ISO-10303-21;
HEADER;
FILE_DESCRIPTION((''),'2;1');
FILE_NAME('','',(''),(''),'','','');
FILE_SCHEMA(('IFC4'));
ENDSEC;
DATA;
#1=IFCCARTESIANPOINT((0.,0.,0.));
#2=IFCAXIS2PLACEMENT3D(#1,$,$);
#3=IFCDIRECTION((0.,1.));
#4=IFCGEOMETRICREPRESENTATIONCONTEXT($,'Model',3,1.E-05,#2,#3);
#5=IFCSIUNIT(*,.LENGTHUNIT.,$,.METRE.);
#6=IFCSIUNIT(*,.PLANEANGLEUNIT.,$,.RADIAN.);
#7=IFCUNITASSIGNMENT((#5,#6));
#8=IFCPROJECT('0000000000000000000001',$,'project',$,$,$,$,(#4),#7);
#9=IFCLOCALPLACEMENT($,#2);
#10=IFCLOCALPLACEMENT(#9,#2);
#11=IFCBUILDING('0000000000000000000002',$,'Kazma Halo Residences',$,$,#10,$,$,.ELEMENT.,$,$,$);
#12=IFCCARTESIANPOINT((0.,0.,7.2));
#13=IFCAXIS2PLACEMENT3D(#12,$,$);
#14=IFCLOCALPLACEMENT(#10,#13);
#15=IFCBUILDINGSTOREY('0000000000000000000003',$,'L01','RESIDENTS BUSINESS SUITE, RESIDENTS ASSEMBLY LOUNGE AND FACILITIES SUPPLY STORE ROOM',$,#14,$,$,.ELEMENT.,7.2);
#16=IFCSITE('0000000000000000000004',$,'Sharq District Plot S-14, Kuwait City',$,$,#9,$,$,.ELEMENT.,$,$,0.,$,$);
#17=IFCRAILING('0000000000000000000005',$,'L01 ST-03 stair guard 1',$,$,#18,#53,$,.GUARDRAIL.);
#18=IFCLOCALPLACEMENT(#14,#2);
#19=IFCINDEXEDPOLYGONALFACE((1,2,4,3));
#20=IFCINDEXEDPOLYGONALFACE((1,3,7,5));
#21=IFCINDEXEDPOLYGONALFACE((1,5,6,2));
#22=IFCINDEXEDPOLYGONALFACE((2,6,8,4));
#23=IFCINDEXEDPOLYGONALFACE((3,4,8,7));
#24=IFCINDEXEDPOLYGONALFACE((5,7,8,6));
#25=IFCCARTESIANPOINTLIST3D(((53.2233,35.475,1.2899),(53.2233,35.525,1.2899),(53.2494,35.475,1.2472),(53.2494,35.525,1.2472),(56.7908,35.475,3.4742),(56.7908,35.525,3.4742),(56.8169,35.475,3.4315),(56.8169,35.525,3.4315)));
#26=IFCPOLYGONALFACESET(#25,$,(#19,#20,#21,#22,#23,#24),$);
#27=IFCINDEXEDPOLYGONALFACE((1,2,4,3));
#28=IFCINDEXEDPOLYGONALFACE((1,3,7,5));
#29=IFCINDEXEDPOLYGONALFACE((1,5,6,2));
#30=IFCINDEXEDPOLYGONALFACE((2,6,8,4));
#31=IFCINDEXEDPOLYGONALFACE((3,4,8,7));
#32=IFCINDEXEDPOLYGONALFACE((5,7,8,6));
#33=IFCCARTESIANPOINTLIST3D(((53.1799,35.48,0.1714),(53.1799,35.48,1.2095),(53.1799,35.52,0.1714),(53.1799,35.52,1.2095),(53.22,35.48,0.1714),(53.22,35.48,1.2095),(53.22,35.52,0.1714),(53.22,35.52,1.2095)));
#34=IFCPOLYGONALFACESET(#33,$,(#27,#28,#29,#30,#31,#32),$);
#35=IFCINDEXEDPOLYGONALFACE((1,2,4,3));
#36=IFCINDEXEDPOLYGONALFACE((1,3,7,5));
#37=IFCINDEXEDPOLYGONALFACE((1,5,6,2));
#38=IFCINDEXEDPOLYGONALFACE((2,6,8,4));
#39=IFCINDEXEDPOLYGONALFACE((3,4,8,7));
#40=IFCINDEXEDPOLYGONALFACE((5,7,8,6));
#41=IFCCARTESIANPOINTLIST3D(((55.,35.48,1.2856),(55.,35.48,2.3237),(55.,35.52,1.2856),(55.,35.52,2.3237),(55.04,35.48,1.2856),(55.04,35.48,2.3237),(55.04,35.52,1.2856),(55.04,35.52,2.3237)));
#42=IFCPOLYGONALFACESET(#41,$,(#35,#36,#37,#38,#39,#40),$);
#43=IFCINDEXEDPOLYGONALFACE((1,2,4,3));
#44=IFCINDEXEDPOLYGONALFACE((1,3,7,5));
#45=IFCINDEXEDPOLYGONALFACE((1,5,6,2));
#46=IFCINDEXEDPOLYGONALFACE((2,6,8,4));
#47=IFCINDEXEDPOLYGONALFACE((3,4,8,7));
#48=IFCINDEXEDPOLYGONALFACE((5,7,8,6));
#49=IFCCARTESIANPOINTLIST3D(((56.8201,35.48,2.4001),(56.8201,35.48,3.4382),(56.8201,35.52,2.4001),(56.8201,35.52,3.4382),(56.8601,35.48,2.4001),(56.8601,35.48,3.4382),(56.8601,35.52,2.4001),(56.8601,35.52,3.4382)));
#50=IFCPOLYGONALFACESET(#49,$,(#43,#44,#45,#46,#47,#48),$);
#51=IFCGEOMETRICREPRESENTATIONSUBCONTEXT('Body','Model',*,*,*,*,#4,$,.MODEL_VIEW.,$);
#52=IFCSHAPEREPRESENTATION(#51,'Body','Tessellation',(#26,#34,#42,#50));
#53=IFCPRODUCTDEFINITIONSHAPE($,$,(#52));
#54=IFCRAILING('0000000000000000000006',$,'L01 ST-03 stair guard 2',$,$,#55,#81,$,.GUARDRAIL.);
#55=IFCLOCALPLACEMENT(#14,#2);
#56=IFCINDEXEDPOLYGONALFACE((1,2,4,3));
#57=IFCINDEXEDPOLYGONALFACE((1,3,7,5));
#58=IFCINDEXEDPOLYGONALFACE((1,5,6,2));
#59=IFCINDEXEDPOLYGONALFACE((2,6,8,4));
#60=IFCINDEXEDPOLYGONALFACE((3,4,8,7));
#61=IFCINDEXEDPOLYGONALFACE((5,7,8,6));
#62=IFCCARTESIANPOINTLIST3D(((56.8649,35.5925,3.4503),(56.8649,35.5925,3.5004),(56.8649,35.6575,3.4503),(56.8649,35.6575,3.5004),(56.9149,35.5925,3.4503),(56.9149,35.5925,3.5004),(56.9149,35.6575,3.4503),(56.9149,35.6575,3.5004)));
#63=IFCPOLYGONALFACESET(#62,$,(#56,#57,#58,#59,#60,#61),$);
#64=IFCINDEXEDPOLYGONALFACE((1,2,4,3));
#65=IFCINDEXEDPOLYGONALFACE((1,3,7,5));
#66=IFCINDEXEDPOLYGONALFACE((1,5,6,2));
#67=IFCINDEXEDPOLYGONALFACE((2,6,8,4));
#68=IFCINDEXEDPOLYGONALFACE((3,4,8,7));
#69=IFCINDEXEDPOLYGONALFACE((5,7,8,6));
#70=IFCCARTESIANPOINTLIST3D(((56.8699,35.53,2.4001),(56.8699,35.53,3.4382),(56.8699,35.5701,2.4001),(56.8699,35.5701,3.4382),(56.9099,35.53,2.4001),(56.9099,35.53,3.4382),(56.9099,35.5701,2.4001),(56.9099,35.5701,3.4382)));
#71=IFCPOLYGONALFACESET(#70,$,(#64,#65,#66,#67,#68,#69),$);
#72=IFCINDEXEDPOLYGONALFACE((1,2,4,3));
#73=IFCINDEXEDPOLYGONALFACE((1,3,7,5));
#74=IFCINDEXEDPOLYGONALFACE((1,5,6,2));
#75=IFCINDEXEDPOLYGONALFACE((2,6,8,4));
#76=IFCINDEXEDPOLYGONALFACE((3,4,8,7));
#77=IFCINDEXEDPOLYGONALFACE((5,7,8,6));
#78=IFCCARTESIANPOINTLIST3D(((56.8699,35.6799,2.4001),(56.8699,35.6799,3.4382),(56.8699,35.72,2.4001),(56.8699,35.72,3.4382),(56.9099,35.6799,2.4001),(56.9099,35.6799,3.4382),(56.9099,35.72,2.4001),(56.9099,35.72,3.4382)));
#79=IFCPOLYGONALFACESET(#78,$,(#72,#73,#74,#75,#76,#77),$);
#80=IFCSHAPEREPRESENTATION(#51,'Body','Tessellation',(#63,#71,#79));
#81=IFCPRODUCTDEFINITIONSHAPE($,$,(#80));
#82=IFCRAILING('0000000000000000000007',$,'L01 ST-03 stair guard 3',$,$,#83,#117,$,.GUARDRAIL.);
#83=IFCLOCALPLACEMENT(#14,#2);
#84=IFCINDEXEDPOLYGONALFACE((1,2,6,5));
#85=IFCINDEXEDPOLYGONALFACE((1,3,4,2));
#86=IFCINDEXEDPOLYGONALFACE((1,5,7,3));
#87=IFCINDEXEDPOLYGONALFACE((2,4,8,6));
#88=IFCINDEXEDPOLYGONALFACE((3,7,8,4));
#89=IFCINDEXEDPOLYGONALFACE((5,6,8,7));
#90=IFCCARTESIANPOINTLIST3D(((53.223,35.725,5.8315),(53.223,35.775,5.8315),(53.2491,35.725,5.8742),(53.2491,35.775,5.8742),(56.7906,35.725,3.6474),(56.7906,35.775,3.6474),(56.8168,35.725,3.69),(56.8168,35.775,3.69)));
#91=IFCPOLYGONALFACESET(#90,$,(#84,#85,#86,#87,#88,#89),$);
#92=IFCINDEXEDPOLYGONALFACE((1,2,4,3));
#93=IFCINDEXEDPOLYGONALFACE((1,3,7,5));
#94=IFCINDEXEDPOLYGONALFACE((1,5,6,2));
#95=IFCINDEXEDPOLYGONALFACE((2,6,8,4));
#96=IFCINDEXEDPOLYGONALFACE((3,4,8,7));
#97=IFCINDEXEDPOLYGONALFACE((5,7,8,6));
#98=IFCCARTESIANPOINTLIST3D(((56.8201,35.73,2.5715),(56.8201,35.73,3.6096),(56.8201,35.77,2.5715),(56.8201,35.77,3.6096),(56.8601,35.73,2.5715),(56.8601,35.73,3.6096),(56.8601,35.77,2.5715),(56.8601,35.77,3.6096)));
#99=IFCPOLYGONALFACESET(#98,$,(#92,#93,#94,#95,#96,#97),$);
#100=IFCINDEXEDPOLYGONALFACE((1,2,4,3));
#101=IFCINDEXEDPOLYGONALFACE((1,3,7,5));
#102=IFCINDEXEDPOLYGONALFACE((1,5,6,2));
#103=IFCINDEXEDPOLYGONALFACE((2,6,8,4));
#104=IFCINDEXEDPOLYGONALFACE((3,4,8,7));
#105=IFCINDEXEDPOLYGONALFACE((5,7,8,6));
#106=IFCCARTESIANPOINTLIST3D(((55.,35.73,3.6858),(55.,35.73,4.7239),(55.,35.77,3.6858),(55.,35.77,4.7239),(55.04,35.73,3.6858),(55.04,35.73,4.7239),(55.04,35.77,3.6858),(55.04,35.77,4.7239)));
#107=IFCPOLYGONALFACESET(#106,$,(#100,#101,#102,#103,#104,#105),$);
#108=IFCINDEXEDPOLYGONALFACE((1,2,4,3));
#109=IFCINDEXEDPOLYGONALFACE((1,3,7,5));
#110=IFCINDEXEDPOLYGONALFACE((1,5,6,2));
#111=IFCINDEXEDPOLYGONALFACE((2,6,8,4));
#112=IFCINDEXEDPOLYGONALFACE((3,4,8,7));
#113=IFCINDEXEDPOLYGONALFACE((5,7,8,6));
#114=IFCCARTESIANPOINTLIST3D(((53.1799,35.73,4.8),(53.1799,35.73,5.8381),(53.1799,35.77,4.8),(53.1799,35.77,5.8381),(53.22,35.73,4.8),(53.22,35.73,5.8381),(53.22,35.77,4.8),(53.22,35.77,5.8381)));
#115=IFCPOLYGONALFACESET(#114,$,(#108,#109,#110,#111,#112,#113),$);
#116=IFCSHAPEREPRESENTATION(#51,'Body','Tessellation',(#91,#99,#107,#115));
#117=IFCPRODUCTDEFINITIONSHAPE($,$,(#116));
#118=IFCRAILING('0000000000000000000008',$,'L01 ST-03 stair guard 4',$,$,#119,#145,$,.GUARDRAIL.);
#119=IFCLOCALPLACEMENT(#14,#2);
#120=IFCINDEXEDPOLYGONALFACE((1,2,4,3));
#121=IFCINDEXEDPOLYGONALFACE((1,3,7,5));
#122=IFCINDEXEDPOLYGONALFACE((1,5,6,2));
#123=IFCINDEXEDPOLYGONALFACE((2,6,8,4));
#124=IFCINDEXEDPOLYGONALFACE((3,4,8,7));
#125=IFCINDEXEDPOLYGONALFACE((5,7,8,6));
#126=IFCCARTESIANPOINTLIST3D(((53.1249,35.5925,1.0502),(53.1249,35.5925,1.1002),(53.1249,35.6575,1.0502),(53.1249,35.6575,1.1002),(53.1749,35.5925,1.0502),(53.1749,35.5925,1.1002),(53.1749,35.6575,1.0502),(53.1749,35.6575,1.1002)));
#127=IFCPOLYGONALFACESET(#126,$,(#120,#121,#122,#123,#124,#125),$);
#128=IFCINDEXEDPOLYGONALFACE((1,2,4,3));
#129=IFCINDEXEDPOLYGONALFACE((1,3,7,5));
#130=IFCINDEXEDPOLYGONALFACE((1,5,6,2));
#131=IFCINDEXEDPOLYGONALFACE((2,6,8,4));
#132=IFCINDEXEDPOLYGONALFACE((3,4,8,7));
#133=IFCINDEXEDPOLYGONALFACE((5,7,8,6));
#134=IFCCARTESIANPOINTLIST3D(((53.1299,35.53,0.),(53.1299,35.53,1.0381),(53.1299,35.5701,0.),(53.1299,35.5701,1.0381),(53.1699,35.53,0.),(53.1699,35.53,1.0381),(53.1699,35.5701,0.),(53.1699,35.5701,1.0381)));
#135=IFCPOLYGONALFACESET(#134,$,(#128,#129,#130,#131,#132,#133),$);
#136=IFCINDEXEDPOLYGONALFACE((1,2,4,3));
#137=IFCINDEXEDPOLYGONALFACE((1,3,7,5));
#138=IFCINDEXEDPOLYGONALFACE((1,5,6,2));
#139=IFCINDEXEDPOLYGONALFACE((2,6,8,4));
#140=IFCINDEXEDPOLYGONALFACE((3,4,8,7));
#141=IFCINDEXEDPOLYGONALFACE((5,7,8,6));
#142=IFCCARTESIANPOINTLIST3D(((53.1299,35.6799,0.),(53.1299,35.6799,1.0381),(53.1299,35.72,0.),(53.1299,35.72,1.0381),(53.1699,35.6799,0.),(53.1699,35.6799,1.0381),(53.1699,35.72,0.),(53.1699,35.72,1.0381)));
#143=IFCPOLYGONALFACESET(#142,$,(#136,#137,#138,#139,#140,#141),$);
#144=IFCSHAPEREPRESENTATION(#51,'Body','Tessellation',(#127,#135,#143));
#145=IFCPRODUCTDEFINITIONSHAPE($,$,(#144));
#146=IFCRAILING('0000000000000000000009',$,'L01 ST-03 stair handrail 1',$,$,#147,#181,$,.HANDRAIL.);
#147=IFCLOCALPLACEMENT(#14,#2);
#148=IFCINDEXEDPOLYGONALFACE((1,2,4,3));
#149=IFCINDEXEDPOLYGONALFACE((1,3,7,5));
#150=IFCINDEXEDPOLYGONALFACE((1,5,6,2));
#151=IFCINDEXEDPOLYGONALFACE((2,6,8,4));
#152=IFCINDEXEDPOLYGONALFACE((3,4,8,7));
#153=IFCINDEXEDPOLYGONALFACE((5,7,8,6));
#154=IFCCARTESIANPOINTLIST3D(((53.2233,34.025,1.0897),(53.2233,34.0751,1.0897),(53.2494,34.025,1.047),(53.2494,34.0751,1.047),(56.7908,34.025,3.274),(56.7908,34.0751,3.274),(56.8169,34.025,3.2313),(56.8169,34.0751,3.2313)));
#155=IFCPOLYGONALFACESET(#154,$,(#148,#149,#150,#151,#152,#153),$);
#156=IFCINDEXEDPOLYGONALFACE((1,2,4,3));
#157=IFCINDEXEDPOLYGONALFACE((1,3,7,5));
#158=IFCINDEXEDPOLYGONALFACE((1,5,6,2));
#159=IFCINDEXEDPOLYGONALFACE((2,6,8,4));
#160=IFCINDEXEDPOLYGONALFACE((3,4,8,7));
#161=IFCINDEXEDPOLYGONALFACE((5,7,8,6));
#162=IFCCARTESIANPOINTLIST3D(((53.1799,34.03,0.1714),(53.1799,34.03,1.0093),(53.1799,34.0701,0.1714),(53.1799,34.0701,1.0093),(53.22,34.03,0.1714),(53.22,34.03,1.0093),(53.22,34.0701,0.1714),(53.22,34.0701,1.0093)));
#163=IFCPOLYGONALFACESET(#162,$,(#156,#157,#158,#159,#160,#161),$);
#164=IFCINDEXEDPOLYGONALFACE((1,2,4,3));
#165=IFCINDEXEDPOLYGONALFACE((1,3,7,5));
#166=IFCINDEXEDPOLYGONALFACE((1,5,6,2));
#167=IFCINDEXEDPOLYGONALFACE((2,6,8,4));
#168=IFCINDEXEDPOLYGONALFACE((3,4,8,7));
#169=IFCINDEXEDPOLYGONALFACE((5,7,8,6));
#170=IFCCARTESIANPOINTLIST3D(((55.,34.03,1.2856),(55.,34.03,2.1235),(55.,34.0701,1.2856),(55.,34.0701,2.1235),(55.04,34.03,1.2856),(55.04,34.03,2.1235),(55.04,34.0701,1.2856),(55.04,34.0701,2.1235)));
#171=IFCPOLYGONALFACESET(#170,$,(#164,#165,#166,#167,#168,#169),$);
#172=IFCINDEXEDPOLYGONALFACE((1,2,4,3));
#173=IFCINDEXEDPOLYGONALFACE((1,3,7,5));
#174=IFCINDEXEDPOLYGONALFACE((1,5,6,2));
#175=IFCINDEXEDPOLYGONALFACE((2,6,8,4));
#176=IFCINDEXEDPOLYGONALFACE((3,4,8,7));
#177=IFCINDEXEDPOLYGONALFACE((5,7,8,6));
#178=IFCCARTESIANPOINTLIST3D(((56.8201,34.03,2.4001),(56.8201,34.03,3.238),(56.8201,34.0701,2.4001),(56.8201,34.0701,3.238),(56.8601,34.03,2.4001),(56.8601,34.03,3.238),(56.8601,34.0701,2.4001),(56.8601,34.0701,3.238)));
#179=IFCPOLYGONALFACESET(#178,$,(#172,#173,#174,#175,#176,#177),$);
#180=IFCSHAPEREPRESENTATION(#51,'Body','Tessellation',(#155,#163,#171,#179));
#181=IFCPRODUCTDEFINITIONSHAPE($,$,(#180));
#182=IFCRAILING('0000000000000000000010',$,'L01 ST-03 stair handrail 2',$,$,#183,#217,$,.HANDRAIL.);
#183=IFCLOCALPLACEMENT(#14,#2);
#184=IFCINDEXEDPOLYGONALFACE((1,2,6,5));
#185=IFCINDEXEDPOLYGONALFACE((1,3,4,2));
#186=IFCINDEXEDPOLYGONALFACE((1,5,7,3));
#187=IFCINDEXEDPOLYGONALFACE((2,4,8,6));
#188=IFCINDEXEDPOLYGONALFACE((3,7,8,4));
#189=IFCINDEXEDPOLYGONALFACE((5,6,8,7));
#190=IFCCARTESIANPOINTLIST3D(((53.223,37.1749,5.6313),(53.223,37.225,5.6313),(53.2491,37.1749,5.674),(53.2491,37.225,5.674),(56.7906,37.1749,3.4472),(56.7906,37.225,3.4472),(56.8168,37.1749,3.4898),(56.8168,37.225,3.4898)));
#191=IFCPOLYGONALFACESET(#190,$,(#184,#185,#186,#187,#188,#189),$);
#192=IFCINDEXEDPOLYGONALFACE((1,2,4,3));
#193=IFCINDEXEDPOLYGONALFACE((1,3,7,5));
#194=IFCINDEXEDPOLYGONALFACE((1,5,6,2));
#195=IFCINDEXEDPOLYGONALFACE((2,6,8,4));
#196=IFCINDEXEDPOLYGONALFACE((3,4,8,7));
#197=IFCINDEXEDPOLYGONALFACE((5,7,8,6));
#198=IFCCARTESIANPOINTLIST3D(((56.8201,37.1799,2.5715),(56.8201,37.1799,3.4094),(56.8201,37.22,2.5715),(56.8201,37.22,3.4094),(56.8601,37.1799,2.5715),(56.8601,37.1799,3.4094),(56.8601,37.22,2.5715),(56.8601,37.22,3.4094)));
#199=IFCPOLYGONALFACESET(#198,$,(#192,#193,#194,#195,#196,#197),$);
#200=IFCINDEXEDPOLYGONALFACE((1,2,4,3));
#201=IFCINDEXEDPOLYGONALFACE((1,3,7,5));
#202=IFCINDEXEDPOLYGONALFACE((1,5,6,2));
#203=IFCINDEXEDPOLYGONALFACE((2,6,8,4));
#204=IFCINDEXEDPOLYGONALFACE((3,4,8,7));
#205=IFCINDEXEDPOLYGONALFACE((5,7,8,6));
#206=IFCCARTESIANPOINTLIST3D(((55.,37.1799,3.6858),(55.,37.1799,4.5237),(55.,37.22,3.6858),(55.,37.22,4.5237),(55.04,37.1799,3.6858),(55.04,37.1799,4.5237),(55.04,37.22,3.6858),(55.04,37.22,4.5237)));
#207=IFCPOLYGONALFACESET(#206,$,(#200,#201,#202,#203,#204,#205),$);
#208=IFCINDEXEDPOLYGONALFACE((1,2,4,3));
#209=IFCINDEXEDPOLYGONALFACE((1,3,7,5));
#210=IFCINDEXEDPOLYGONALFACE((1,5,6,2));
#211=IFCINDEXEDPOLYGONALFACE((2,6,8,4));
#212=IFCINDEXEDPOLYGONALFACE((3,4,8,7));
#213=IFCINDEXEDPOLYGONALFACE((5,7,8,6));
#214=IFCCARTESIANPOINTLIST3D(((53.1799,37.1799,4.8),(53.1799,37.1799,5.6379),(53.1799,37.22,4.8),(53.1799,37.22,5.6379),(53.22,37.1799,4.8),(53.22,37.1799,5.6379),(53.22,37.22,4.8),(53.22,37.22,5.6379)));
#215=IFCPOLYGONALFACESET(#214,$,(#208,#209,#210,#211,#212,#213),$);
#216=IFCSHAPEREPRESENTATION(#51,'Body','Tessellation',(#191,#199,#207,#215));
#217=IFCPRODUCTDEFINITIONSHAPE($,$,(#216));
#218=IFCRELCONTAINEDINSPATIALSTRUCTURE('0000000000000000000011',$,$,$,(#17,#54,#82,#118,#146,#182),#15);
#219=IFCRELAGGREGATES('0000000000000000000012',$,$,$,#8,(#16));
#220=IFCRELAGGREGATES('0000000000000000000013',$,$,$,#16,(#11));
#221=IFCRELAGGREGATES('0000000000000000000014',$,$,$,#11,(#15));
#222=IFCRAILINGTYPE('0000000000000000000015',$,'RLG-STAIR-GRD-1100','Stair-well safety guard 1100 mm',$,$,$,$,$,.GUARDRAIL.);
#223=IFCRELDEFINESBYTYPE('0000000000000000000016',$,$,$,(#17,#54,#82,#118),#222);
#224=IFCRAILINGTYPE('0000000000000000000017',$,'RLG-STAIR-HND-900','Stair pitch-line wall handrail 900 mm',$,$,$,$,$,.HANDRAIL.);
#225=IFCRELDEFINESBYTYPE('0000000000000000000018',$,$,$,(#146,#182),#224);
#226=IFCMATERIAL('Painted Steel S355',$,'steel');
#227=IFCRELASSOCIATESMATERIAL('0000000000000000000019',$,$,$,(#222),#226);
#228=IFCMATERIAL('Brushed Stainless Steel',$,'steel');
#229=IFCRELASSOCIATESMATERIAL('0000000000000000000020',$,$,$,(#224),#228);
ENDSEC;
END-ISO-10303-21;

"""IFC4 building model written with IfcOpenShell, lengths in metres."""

from ifc_helpers import new_model, si_unit, direction, frame, origin, origin_2d, place, context, subcontext, project, spatial, rectangle, extrude, material, type_object, element, save


model = new_model("IFC4")

# Units and contexts
model_context = context("Model", 3, precision=1e-05, world=origin(), true_north=direction((0.0, 1.0)))
body_context = subcontext(model_context, "Body", "Model", "MODEL_VIEW")
ifc_project = project(units=[si_unit("LENGTHUNIT", "METRE"), si_unit("PLANEANGLEUNIT", "RADIAN")], contexts=[model_context])

# Site, building, storey
site_placement = place(None, origin())
site = spatial("IfcSite", under=ifc_project, at=site_placement, Name="Sharq District Plot S-14, Kuwait City", CompositionType="ELEMENT", RefElevation=0.0)
building_placement = place(site_placement, origin())
building = spatial("IfcBuilding", under=site, at=building_placement, Name="Kazma Halo Residences", CompositionType="ELEMENT")
storey_placement = place(building_placement, frame((0.0, 0.0, 7.2)))
storey = spatial("IfcBuildingStorey", under=building, at=storey_placement, Name="L01", Description="RESIDENTS BUSINESS SUITE, RESIDENTS ASSEMBLY LOUNGE AND FACILITIES SUPPLY STORE ROOM", CompositionType="ELEMENT", Elevation=7.2)

# Railings
ifc_material_1 = material(Name="Painted Steel S355", Category="steel")
railing_type_1 = type_object("IfcRailingType", Name="RLG-STAIR-GRD-1100", Description="Stair-well safety guard 1100 mm", PredefinedType="GUARDRAIL", material=ifc_material_1)
railing_1_placement = place(storey_placement, frame((53.2, 35.5, 0.1714)))
element("IfcRailing", 1, at=railing_1_placement, inside=storey, type_object=railing_type_1, Name="L01 ST-03 stair guard 1", PredefinedType="GUARDRAIL", context=body_context, shape_type="SweptSolid", body=[
    extrude(rectangle(XDim=0.05, YDim=0.05, at=origin_2d()), frame((0.0364, 0.0, 1.0972), z_axis=(0.85284, 0.0, 0.522172), x_axis=(0.0, 1.0, 0.0)), (0.0, 0.0, 1.0), 4.1831),
    extrude(rectangle(XDim=0.04, YDim=0.04, at=origin_2d()), origin(), (0.0, 0.0, 1.0), 1.0381),
    extrude(rectangle(XDim=0.04, YDim=0.04, at=origin_2d()), frame((1.8201, 0.0, 1.1143)), (0.0, 0.0, 1.0), 1.0381),
    extrude(rectangle(XDim=0.04, YDim=0.04, at=origin_2d()), frame((3.6401, 0.0, 2.2288)), (0.0, 0.0, 1.0), 1.0381),
])
railing_2_placement = place(storey_placement, frame((56.8899, 35.55, 2.4001)))
element("IfcRailing", 2, at=railing_2_placement, inside=storey, type_object=railing_type_1, Name="L01 ST-03 stair guard 2", PredefinedType="GUARDRAIL", context=body_context, shape_type="SweptSolid", body=[
    extrude(rectangle(XDim=0.05, YDim=0.05, at=origin_2d()), frame((0.0, 0.0425, 1.0752), z_axis=(0.0, 1.0, 0.0), x_axis=(-1.0, 0.0, 0.0)), (0.0, 0.0, 1.0), 0.0649),
    extrude(rectangle(XDim=0.04, YDim=0.04, at=origin_2d()), origin(), (0.0, 0.0, 1.0), 1.0381),
    extrude(rectangle(XDim=0.04, YDim=0.04, at=origin_2d()), frame((0.0, 0.1499, 0.0)), (0.0, 0.0, 1.0), 1.0381),
])
railing_3_placement = place(storey_placement, frame((56.8401, 35.75, 2.5715)))
element("IfcRailing", 3, at=railing_3_placement, inside=storey, type_object=railing_type_1, Name="L01 ST-03 stair guard 3", PredefinedType="GUARDRAIL", context=body_context, shape_type="SweptSolid", body=[
    extrude(rectangle(XDim=0.05, YDim=0.05, at=origin_2d()), frame((-0.0364, 0.0, 1.0972), z_axis=(-0.852866, 0.0, 0.52213), x_axis=(0.0, -1.0, 0.0)), (0.0, 0.0, 1.0), 4.1831),
    extrude(rectangle(XDim=0.04, YDim=0.04, at=origin_2d()), origin(), (0.0, 0.0, 1.0), 1.0381),
    extrude(rectangle(XDim=0.04, YDim=0.04, at=origin_2d()), frame((-1.8201, 0.0, 1.1143)), (0.0, 0.0, 1.0), 1.0381),
    extrude(rectangle(XDim=0.04, YDim=0.04, at=origin_2d()), frame((-3.6401, 0.0, 2.2285)), (0.0, 0.0, 1.0), 1.0381),
])
railing_4_placement = place(storey_placement, frame((53.1499, 35.55, 0.0)))
element("IfcRailing", 4, at=railing_4_placement, inside=storey, type_object=railing_type_1, Name="L01 ST-03 stair guard 4", PredefinedType="GUARDRAIL", context=body_context, shape_type="SweptSolid", body=[
    extrude(rectangle(XDim=0.05, YDim=0.05, at=origin_2d()), frame((0.0, 0.0425, 1.0752), z_axis=(0.0, 1.0, 0.0), x_axis=(-1.0, 0.0, 0.0)), (0.0, 0.0, 1.0), 0.0649),
    extrude(rectangle(XDim=0.04, YDim=0.04, at=origin_2d()), origin(), (0.0, 0.0, 1.0), 1.0381),
    extrude(rectangle(XDim=0.04, YDim=0.04, at=origin_2d()), frame((0.0, 0.1499, 0.0)), (0.0, 0.0, 1.0), 1.0381),
])
ifc_material_2 = material(Name="Brushed Stainless Steel", Category="steel")
railing_type_2 = type_object("IfcRailingType", Name="RLG-STAIR-HND-900", Description="Stair pitch-line wall handrail 900 mm", PredefinedType="HANDRAIL", material=ifc_material_2)
railing_5_placement = place(storey_placement, frame((53.2, 34.05, 0.1714)))
element("IfcRailing", 5, at=railing_5_placement, inside=storey, type_object=railing_type_2, Name="L01 ST-03 stair handrail 1", PredefinedType="HANDRAIL", context=body_context, shape_type="SweptSolid", body=[
    extrude(rectangle(XDim=0.05, YDim=0.05, at=origin_2d()), frame((0.0364, 0.0, 0.897), z_axis=(0.85284, 0.0, 0.522172), x_axis=(0.0, 1.0, 0.0)), (0.0, 0.0, 1.0), 4.1831),
    extrude(rectangle(XDim=0.04, YDim=0.04, at=origin_2d()), origin(), (0.0, 0.0, 1.0), 0.8379),
    extrude(rectangle(XDim=0.04, YDim=0.04, at=origin_2d()), frame((1.8201, 0.0, 1.1143)), (0.0, 0.0, 1.0), 0.8379),
    extrude(rectangle(XDim=0.04, YDim=0.04, at=origin_2d()), frame((3.6401, 0.0, 2.2288)), (0.0, 0.0, 1.0), 0.8379),
])
railing_6_placement = place(storey_placement, frame((56.8401, 37.2, 2.5715)))
element("IfcRailing", 6, at=railing_6_placement, inside=storey, type_object=railing_type_2, Name="L01 ST-03 stair handrail 2", PredefinedType="HANDRAIL", context=body_context, shape_type="SweptSolid", body=[
    extrude(rectangle(XDim=0.05, YDim=0.05, at=origin_2d()), frame((-0.0364, 0.0, 0.897), z_axis=(-0.852866, 0.0, 0.52213), x_axis=(0.0, -1.0, 0.0)), (0.0, 0.0, 1.0), 4.1831),
    extrude(rectangle(XDim=0.04, YDim=0.04, at=origin_2d()), origin(), (0.0, 0.0, 1.0), 0.8379),
    extrude(rectangle(XDim=0.04, YDim=0.04, at=origin_2d()), frame((-1.8201, 0.0, 1.1143)), (0.0, 0.0, 1.0), 0.8379),
    extrude(rectangle(XDim=0.04, YDim=0.04, at=origin_2d()), frame((-3.6401, 0.0, 2.2285)), (0.0, 0.0, 1.0), 0.8379),
])

save(model, "model.ifc")
